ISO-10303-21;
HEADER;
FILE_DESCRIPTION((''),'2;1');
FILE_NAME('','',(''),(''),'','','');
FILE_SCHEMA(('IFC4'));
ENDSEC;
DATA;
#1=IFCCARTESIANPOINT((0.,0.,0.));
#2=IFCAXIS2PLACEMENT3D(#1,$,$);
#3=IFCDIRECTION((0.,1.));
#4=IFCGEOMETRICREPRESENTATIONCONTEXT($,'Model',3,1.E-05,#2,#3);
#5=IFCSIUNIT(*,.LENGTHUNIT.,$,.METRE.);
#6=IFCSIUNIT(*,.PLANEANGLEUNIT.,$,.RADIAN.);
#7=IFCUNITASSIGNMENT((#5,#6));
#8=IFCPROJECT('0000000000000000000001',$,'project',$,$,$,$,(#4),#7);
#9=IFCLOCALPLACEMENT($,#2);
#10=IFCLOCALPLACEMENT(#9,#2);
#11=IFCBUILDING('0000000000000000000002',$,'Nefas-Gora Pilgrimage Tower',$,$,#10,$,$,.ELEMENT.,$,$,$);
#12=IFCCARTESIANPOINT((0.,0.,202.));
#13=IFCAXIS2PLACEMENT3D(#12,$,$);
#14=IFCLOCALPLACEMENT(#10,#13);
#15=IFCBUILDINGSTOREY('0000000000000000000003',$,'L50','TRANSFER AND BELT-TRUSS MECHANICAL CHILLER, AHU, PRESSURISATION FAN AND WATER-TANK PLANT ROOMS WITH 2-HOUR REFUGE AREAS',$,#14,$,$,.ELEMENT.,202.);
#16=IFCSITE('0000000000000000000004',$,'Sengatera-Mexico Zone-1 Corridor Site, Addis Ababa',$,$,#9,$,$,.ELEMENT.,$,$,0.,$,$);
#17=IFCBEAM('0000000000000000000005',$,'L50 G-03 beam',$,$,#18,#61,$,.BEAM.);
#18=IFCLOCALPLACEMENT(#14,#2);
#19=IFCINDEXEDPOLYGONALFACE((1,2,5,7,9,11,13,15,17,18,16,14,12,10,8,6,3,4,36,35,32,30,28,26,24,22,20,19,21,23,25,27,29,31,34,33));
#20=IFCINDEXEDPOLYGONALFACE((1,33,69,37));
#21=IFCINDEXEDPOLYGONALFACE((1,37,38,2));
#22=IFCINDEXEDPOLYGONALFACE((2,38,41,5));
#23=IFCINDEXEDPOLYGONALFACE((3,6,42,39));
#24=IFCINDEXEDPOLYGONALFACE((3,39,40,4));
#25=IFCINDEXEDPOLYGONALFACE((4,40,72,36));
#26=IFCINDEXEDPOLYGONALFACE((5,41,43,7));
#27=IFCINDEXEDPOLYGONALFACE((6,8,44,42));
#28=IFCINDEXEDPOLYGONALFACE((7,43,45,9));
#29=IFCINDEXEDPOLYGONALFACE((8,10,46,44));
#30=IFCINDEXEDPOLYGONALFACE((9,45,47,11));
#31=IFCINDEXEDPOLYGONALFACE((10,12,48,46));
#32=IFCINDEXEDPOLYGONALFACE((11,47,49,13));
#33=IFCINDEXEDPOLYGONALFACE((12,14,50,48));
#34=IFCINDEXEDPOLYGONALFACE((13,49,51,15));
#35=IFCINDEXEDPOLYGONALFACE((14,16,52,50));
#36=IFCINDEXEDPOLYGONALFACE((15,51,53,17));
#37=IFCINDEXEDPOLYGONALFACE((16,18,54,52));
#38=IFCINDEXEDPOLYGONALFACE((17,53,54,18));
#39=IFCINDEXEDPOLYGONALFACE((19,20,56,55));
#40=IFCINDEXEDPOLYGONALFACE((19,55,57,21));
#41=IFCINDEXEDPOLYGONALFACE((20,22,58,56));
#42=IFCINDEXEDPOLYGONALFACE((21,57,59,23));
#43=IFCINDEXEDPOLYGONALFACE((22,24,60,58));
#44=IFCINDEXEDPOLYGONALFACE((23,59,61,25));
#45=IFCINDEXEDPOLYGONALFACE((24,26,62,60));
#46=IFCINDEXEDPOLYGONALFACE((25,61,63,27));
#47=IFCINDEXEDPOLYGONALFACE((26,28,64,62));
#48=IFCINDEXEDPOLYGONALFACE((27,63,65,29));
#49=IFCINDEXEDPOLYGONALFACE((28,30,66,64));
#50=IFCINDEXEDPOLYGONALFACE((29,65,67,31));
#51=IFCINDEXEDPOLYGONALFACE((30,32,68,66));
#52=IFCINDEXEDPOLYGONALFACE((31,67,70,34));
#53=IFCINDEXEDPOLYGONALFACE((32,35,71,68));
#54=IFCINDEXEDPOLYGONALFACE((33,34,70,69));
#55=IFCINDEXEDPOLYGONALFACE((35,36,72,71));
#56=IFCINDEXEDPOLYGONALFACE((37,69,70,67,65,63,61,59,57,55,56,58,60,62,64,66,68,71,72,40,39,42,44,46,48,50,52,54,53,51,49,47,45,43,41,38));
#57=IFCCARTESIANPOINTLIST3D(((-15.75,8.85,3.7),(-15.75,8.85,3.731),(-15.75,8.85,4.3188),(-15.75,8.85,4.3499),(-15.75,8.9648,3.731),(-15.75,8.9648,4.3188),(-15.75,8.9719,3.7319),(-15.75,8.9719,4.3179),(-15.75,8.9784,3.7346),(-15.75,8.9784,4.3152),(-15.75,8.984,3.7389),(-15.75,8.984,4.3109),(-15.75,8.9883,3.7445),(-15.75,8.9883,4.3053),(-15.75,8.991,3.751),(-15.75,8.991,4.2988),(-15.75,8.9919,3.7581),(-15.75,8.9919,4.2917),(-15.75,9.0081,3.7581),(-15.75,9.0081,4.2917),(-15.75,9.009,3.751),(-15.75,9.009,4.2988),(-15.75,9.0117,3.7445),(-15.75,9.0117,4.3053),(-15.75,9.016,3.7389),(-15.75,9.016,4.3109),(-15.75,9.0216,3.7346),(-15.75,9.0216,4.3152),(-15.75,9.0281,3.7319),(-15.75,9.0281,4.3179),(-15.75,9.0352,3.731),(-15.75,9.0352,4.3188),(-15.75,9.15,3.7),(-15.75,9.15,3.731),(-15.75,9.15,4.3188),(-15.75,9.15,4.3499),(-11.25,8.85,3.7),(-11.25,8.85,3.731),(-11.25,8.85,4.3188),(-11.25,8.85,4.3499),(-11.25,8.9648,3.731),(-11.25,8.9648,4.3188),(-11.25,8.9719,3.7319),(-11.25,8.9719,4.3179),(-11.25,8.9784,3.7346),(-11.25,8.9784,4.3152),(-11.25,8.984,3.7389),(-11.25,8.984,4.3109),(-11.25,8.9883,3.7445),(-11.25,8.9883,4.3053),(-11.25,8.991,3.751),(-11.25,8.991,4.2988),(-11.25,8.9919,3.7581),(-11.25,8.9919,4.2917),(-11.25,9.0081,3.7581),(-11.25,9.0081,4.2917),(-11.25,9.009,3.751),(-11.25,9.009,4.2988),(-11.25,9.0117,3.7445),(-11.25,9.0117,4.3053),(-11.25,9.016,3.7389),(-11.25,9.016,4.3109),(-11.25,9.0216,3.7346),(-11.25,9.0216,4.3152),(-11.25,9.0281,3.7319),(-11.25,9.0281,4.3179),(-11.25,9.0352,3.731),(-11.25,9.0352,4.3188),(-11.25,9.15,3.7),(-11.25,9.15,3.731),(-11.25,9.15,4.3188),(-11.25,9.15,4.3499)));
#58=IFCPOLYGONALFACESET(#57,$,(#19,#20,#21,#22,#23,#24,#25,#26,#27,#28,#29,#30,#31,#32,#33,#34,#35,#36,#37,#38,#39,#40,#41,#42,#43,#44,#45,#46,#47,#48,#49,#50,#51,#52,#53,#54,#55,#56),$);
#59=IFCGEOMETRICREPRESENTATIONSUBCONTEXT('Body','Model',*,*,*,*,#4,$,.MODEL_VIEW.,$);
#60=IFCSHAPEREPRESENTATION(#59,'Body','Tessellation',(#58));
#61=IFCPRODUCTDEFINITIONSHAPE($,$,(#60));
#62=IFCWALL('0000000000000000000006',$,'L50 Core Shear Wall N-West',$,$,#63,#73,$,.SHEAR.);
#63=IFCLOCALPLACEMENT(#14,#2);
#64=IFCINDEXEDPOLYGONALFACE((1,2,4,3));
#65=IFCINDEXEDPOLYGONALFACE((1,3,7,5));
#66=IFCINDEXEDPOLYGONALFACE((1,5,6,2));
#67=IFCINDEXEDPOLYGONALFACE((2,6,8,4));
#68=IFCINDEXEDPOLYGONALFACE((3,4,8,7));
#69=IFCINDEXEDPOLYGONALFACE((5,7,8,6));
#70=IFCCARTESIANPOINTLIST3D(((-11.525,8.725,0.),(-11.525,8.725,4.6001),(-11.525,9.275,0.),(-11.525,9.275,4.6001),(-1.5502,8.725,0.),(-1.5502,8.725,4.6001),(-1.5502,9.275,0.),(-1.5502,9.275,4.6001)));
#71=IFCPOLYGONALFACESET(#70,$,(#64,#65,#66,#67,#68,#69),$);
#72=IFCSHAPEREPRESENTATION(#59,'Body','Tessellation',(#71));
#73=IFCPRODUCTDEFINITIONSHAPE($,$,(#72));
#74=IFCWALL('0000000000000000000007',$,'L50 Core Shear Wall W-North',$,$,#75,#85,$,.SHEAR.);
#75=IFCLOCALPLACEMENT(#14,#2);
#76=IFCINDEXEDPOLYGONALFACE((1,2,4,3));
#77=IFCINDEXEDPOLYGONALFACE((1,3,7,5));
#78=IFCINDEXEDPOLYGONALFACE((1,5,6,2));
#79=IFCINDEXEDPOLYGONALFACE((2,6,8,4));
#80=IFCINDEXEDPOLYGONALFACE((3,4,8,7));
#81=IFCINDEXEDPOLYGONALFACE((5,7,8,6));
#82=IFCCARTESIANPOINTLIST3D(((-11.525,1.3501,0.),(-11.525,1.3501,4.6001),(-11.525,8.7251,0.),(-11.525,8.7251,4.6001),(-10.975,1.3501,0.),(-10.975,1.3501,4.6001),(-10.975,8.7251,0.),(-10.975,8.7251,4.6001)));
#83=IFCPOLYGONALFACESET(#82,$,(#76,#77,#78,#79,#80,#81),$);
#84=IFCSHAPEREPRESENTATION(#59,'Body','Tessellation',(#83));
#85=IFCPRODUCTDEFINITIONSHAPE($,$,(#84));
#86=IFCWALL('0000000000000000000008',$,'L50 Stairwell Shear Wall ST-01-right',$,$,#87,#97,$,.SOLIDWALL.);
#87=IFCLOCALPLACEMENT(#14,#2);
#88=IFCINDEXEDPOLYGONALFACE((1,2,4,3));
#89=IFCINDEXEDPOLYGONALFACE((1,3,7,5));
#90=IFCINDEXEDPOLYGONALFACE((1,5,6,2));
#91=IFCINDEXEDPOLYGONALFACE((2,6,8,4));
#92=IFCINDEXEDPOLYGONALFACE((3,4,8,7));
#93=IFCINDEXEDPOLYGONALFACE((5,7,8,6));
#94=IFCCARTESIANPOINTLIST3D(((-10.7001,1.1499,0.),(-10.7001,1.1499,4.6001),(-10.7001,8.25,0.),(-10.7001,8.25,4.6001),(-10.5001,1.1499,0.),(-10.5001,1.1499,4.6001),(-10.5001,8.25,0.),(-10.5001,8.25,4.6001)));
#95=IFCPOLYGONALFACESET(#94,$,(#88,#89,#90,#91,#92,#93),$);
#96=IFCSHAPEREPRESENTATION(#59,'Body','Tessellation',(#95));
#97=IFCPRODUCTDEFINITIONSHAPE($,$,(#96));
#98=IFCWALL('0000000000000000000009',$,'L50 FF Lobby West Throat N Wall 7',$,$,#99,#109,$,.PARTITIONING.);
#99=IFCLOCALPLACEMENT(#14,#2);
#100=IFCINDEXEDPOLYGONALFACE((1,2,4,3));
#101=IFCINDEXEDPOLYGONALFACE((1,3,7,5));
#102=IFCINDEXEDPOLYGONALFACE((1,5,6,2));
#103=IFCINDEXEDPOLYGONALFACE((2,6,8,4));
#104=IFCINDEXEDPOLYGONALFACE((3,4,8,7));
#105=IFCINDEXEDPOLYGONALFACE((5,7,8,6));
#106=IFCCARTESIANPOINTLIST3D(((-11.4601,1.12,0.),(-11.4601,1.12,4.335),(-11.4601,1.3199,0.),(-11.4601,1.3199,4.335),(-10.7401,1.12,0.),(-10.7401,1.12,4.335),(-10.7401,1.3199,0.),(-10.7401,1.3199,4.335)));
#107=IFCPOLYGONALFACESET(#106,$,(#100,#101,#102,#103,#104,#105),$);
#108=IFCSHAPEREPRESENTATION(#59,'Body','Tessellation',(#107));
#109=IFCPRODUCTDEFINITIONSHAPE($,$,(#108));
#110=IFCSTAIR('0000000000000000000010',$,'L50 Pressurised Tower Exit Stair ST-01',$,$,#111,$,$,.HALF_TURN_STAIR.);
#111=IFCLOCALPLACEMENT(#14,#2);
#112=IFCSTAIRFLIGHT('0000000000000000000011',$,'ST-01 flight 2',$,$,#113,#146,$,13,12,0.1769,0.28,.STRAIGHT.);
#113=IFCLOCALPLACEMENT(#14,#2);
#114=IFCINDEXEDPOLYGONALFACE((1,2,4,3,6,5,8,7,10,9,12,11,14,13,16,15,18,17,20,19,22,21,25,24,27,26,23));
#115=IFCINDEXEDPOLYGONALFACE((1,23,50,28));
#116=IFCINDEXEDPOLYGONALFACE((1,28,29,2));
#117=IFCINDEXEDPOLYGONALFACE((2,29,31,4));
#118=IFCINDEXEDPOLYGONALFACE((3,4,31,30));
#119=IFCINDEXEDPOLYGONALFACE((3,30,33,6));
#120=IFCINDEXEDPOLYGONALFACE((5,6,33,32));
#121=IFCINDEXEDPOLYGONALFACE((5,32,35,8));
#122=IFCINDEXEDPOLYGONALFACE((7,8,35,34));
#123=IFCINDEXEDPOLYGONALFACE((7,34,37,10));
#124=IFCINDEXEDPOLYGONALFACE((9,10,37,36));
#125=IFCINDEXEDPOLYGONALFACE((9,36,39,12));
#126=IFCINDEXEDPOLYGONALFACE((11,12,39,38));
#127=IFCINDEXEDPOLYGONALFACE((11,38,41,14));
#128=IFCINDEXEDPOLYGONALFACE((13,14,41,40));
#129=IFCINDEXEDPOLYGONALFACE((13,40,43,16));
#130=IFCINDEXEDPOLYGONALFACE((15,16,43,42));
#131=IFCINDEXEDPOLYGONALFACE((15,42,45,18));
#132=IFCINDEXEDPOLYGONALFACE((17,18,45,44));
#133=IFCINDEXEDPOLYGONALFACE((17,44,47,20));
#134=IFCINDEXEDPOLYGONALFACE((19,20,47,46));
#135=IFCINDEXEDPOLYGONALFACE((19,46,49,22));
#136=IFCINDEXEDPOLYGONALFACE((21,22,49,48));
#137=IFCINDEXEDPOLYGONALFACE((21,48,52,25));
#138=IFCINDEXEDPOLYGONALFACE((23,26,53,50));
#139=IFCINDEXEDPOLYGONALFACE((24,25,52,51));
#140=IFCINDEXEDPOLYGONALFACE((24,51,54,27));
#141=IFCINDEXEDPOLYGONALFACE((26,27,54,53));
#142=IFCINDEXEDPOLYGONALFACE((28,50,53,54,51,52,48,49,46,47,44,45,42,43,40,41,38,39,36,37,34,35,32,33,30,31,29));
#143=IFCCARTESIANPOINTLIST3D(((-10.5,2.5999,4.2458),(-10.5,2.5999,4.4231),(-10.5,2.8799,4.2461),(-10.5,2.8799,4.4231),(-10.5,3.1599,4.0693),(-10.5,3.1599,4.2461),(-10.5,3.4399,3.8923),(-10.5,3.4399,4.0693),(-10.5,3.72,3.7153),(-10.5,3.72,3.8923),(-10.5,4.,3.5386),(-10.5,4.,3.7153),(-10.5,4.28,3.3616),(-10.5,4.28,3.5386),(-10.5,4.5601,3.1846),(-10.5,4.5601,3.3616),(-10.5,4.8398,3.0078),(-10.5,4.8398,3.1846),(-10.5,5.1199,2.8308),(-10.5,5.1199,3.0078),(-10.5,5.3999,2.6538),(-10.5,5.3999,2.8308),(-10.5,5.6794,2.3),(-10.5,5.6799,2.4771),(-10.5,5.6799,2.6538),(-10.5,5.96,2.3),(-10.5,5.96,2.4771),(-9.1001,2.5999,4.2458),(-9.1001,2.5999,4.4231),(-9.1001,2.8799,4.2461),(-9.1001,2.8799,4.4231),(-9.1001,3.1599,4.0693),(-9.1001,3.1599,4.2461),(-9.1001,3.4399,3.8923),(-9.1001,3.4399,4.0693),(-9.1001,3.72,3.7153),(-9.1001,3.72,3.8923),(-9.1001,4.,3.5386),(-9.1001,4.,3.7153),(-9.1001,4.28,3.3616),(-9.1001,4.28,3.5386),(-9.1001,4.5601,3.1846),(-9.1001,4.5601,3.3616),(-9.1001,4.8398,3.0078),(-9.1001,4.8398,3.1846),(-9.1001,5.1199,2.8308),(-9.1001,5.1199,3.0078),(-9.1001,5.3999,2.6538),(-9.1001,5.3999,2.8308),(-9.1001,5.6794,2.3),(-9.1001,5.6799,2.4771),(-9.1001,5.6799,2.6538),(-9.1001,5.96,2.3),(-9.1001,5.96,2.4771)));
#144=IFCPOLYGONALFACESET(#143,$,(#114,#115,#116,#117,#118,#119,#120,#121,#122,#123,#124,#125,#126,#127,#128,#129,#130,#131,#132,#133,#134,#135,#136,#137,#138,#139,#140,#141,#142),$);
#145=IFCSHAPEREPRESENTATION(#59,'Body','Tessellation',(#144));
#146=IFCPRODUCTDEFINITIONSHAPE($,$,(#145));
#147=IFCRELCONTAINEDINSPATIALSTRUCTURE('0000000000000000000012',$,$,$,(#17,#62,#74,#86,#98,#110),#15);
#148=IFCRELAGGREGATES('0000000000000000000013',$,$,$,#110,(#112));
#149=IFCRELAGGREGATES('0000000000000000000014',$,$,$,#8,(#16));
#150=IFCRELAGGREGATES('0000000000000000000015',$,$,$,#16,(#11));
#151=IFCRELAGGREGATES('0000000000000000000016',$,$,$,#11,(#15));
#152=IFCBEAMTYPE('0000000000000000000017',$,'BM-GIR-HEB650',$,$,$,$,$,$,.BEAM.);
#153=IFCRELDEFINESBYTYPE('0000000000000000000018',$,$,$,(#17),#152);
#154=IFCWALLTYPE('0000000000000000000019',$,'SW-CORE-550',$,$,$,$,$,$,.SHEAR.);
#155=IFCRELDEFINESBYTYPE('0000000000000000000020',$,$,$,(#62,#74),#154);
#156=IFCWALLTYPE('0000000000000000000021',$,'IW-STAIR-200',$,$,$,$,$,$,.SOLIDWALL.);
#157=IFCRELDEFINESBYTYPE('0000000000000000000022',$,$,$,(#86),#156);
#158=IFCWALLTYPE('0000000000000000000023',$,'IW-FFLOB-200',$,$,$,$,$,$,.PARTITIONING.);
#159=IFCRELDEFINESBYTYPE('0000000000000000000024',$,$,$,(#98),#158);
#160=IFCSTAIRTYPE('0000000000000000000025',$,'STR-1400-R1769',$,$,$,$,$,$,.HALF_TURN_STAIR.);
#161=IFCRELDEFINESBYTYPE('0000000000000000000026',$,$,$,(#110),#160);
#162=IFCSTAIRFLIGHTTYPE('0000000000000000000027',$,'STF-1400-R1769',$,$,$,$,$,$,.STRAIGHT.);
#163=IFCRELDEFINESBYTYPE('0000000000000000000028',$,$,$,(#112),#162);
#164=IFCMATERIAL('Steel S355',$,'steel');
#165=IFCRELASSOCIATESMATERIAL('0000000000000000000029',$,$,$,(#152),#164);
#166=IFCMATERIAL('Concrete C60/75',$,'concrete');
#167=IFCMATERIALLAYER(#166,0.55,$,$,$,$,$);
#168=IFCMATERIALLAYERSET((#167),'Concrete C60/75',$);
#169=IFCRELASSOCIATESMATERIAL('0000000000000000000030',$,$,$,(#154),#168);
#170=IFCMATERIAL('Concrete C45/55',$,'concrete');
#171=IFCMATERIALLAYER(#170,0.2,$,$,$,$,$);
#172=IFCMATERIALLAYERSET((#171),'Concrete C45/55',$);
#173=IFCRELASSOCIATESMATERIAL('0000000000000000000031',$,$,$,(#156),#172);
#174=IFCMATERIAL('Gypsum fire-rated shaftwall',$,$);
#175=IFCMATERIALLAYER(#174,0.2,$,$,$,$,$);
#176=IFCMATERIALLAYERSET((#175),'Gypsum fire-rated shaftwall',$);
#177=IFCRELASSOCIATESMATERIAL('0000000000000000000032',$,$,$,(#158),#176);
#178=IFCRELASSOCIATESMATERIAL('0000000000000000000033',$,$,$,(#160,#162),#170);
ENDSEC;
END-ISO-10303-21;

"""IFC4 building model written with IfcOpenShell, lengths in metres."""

from ifc_helpers import new_model, si_unit, direction, frame, frame_2d, origin, origin_2d, place, context, subcontext, project, spatial, polyline, rectangle, i_section, outline, extrude, source, transform, mapped, material, layer, layer_set, material_profile, profile_set, type_object, element, aggregate, save


model = new_model("IFC4")

# Units and contexts
model_context = context("Model", 3, precision=1e-05, world=origin(), true_north=direction((0.0, 1.0)))
body_context = subcontext(model_context, "Body", "Model", "MODEL_VIEW")
ifc_project = project(units=[si_unit("LENGTHUNIT", "METRE"), si_unit("PLANEANGLEUNIT", "RADIAN")], contexts=[model_context])

# Site, building, storey
site_placement = place(None, origin())
site = spatial("IfcSite", under=ifc_project, at=site_placement, Name="Sengatera-Mexico Zone-1 Corridor Site, Addis Ababa", CompositionType="ELEMENT", RefElevation=0.0)
building_placement = place(site_placement, origin())
building = spatial("IfcBuilding", under=site, at=building_placement, Name="Nefas-Gora Pilgrimage Tower", CompositionType="ELEMENT")
storey_placement = place(building_placement, frame((0.0, 0.0, 202.0)))
storey = spatial("IfcBuildingStorey", under=building, at=storey_placement, Name="L50", Description="TRANSFER AND BELT-TRUSS MECHANICAL CHILLER, AHU, PRESSURISATION FAN AND WATER-TANK PLANT ROOMS WITH 2-HOUR REFUGE AREAS", CompositionType="ELEMENT", Elevation=202.0)

# Beam
ifc_material_1 = material(Name="Steel S355", Category="steel")
ifc_material_profile_1 = material_profile(ifc_material_1, i_section(OverallWidth=0.3, OverallDepth=0.6499, WebThickness=0.0161, FlangeThickness=0.031, FilletRadius=0.0271, at=origin_2d()), Name="HEB 650")
ifc_profile_set_1 = profile_set([ifc_material_profile_1], Name="Steel S355")
beam_type = type_object("IfcBeamType", Name="BM-GIR-HEB650", PredefinedType="BEAM", material=ifc_profile_set_1)
shared_shape_1 = source(origin(), body_context, "Body", "SweptSolid", [
    extrude(i_section(OverallWidth=0.3, OverallDepth=0.6499, WebThickness=0.0161, FlangeThickness=0.031, FilletRadius=0.0271, at=origin_2d()), origin(), (0.0, 0.0, 1.0), 4.5),
])
for number, where, z_axis, x_axis, name in (
    (1, (-15.75, 9.0, 4.0249), (1.0, 0.0, 0.0), (0.0, 1.0, 0.0), "L50 G-03 beam"),
):
    element("IfcBeam", number, at=place(storey_placement, frame(where, z_axis=z_axis, x_axis=x_axis)), inside=storey, type_object=beam_type, Name=name, PredefinedType="BEAM", context=body_context, shape_type="MappedRepresentation", body=[
        mapped(shared_shape_1, transform((0.0, 0.0, 0.0), x_axis=(1.0, 0.0, 0.0), y_axis=(0.0, 1.0, 0.0), z_axis=(0.0, 0.0, 1.0), scale=1.0)),
    ])

# Walls
ifc_material_2 = material(Name="Concrete C60/75", Category="concrete")
ifc_layer_1 = layer(ifc_material_2, 0.55)
ifc_layer_set_1 = layer_set([ifc_layer_1], Name="Concrete C60/75")
wall_type_1 = type_object("IfcWallType", Name="SW-CORE-550", PredefinedType="SHEAR", material=ifc_layer_set_1)
shared_shape_2 = source(origin(), body_context, "Body", "SweptSolid", [
    extrude(rectangle(XDim=9.9749, YDim=0.55, at=frame_2d((4.9873, 0.0))), origin(), (0.0, 0.0, 1.0), 4.6001),
])
wall_1_placement = place(storey_placement, frame((-11.5249, 9.0, 0.0), z_axis=(0.0, 0.0, 1.0), x_axis=(1.0, 0.0, 0.0)))
element("IfcWall", 2, at=wall_1_placement, inside=storey, type_object=wall_type_1, Name="L50 Core Shear Wall N-West", PredefinedType="SHEAR", context=body_context, shape_type="MappedRepresentation", body=[
    mapped(shared_shape_2, transform((0.0, 0.0, 0.0), x_axis=(1.0, 0.0, 0.0), y_axis=(0.0, 1.0, 0.0), z_axis=(0.0, 0.0, 1.0), scale=1.0)),
])
shared_shape_3 = source(origin(), body_context, "Body", "SweptSolid", [
    extrude(rectangle(XDim=7.375, YDim=0.55, at=frame_2d((3.6875, 0.0))), origin(), (0.0, 0.0, 1.0), 4.6001),
])
wall_2_placement = place(storey_placement, frame((-11.25, 1.3501, 0.0), z_axis=(0.0, 0.0, 1.0), x_axis=(0.0, 1.0, 0.0)))
element("IfcWall", 3, at=wall_2_placement, inside=storey, type_object=wall_type_1, Name="L50 Core Shear Wall W-North", PredefinedType="SHEAR", context=body_context, shape_type="MappedRepresentation", body=[
    mapped(shared_shape_3, transform((0.0, 0.0, 0.0), x_axis=(1.0, 0.0, 0.0), y_axis=(0.0, 1.0, 0.0), z_axis=(0.0, 0.0, 1.0), scale=1.0)),
])
ifc_material_3 = material(Name="Concrete C45/55", Category="concrete")
ifc_layer_2 = layer(ifc_material_3, 0.2)
ifc_layer_set_2 = layer_set([ifc_layer_2], Name="Concrete C45/55")
wall_type_2 = type_object("IfcWallType", Name="IW-STAIR-200", PredefinedType="SOLIDWALL", material=ifc_layer_set_2)
shared_shape_4 = source(origin(), body_context, "Body", "SweptSolid", [
    extrude(rectangle(XDim=7.1001, YDim=0.2, at=frame_2d((3.55, 0.0))), origin(), (0.0, 0.0, 1.0), 4.6001),
])
wall_3_placement = place(storey_placement, frame((-10.6001, 1.1499, 0.0), z_axis=(0.0, 0.0, 1.0), x_axis=(0.0, 1.0, 0.0)))
element("IfcWall", 4, at=wall_3_placement, inside=storey, type_object=wall_type_2, Name="L50 Stairwell Shear Wall ST-01-right", PredefinedType="SOLIDWALL", context=body_context, shape_type="MappedRepresentation", body=[
    mapped(shared_shape_4, transform((0.0, 0.0, 0.0), x_axis=(1.0, 0.0, 0.0), y_axis=(0.0, 1.0, 0.0), z_axis=(0.0, 0.0, 1.0), scale=1.0)),
])
ifc_material_4 = material(Name="Gypsum fire-rated shaftwall")
ifc_layer_3 = layer(ifc_material_4, 0.2)
ifc_layer_set_3 = layer_set([ifc_layer_3], Name="Gypsum fire-rated shaftwall")
wall_type_3 = type_object("IfcWallType", Name="IW-FFLOB-200", PredefinedType="PARTITIONING", material=ifc_layer_set_3)
shared_shape_5 = source(origin(), body_context, "Body", "SweptSolid", [
    extrude(rectangle(XDim=0.72, YDim=0.2, at=frame_2d((0.3599, 0.0))), origin(), (0.0, 0.0, 1.0), 4.335),
])
wall_4_placement = place(storey_placement, frame((-11.46, 1.22, 0.0), z_axis=(0.0, 0.0, 1.0), x_axis=(1.0, 0.0, 0.0)))
element("IfcWall", 5, at=wall_4_placement, inside=storey, type_object=wall_type_3, Name="L50 FF Lobby West Throat N Wall 7", PredefinedType="PARTITIONING", context=body_context, shape_type="MappedRepresentation", body=[
    mapped(shared_shape_5, transform((0.0, 0.0, 0.0), x_axis=(1.0, 0.0, 0.0), y_axis=(0.0, 1.0, 0.0), z_axis=(0.0, 0.0, 1.0), scale=1.0)),
])

# Stair, stair flight
stair_type = type_object("IfcStairType", Name="STR-1400-R1769", PredefinedType="HALF_TURN_STAIR", material=ifc_material_3)
stair_placement = place(storey_placement, origin())
stair = element("IfcStair", 6, at=stair_placement, inside=storey, type_object=stair_type, Name="L50 Pressurised Tower Exit Stair ST-01", PredefinedType="HALF_TURN_STAIR")
stair_flight_type = type_object("IfcStairFlightType", Name="STF-1400-R1769", PredefinedType="STRAIGHT", material=ifc_material_3)
shared_shape_6 = source(origin(), body_context, "Body", "SweptSolid", [
    extrude(outline(polyline([(0.0, 0.0), (0.0, 0.177), (0.28, 0.177), (0.28, 0.3538), (0.5601, 0.3538), (0.5601, 0.5308), (0.8401, 0.5308), (0.8401, 0.7078), (1.1201, 0.7078), (1.1201, 0.8845), (1.3999, 0.8845), (1.3999, 1.0615), (1.6799, 1.0615), (1.6799, 1.2385), (1.96, 1.2385), (1.96, 1.4153), (2.24, 1.4153), (2.24, 1.5923), (2.52, 1.5923), (2.52, 1.7693), (2.8, 1.7693), (2.8, 1.946), (3.0801, 1.946), (3.0801, 2.123), (3.3601, 2.123), (3.3601, 2.3), (3.3601, 1.9458), (0.2805, 0.0), (0.0, 0.0)])), frame((0.0, 0.7, 0.0), z_axis=(0.0, -1.0, 0.0), x_axis=(1.0, 0.0, 0.0)), (0.0, 0.0, 1.0), 1.3999),
])
stair_flight_placement = place(storey_placement, frame((-9.8, 5.96, 2.3), z_axis=(0.0, 0.0, 1.0), x_axis=(0.0, -1.0, 0.0)))
stair_flight = element("IfcStairFlight", 7, at=stair_flight_placement, type_object=stair_flight_type, Name="ST-01 flight 2", NumberOfRisers=13, NumberOfTreads=12, PredefinedType="STRAIGHT", RiserHeight=0.1769, TreadLength=0.28, context=body_context, shape_type="MappedRepresentation", body=[
    mapped(shared_shape_6, transform((0.0, 0.0, 0.0), x_axis=(1.0, 0.0, 0.0), y_axis=(0.0, 1.0, 0.0), z_axis=(0.0, 0.0, 1.0), scale=1.0)),
])
aggregate(stair, [stair_flight])

save(model, "model.ifc")
